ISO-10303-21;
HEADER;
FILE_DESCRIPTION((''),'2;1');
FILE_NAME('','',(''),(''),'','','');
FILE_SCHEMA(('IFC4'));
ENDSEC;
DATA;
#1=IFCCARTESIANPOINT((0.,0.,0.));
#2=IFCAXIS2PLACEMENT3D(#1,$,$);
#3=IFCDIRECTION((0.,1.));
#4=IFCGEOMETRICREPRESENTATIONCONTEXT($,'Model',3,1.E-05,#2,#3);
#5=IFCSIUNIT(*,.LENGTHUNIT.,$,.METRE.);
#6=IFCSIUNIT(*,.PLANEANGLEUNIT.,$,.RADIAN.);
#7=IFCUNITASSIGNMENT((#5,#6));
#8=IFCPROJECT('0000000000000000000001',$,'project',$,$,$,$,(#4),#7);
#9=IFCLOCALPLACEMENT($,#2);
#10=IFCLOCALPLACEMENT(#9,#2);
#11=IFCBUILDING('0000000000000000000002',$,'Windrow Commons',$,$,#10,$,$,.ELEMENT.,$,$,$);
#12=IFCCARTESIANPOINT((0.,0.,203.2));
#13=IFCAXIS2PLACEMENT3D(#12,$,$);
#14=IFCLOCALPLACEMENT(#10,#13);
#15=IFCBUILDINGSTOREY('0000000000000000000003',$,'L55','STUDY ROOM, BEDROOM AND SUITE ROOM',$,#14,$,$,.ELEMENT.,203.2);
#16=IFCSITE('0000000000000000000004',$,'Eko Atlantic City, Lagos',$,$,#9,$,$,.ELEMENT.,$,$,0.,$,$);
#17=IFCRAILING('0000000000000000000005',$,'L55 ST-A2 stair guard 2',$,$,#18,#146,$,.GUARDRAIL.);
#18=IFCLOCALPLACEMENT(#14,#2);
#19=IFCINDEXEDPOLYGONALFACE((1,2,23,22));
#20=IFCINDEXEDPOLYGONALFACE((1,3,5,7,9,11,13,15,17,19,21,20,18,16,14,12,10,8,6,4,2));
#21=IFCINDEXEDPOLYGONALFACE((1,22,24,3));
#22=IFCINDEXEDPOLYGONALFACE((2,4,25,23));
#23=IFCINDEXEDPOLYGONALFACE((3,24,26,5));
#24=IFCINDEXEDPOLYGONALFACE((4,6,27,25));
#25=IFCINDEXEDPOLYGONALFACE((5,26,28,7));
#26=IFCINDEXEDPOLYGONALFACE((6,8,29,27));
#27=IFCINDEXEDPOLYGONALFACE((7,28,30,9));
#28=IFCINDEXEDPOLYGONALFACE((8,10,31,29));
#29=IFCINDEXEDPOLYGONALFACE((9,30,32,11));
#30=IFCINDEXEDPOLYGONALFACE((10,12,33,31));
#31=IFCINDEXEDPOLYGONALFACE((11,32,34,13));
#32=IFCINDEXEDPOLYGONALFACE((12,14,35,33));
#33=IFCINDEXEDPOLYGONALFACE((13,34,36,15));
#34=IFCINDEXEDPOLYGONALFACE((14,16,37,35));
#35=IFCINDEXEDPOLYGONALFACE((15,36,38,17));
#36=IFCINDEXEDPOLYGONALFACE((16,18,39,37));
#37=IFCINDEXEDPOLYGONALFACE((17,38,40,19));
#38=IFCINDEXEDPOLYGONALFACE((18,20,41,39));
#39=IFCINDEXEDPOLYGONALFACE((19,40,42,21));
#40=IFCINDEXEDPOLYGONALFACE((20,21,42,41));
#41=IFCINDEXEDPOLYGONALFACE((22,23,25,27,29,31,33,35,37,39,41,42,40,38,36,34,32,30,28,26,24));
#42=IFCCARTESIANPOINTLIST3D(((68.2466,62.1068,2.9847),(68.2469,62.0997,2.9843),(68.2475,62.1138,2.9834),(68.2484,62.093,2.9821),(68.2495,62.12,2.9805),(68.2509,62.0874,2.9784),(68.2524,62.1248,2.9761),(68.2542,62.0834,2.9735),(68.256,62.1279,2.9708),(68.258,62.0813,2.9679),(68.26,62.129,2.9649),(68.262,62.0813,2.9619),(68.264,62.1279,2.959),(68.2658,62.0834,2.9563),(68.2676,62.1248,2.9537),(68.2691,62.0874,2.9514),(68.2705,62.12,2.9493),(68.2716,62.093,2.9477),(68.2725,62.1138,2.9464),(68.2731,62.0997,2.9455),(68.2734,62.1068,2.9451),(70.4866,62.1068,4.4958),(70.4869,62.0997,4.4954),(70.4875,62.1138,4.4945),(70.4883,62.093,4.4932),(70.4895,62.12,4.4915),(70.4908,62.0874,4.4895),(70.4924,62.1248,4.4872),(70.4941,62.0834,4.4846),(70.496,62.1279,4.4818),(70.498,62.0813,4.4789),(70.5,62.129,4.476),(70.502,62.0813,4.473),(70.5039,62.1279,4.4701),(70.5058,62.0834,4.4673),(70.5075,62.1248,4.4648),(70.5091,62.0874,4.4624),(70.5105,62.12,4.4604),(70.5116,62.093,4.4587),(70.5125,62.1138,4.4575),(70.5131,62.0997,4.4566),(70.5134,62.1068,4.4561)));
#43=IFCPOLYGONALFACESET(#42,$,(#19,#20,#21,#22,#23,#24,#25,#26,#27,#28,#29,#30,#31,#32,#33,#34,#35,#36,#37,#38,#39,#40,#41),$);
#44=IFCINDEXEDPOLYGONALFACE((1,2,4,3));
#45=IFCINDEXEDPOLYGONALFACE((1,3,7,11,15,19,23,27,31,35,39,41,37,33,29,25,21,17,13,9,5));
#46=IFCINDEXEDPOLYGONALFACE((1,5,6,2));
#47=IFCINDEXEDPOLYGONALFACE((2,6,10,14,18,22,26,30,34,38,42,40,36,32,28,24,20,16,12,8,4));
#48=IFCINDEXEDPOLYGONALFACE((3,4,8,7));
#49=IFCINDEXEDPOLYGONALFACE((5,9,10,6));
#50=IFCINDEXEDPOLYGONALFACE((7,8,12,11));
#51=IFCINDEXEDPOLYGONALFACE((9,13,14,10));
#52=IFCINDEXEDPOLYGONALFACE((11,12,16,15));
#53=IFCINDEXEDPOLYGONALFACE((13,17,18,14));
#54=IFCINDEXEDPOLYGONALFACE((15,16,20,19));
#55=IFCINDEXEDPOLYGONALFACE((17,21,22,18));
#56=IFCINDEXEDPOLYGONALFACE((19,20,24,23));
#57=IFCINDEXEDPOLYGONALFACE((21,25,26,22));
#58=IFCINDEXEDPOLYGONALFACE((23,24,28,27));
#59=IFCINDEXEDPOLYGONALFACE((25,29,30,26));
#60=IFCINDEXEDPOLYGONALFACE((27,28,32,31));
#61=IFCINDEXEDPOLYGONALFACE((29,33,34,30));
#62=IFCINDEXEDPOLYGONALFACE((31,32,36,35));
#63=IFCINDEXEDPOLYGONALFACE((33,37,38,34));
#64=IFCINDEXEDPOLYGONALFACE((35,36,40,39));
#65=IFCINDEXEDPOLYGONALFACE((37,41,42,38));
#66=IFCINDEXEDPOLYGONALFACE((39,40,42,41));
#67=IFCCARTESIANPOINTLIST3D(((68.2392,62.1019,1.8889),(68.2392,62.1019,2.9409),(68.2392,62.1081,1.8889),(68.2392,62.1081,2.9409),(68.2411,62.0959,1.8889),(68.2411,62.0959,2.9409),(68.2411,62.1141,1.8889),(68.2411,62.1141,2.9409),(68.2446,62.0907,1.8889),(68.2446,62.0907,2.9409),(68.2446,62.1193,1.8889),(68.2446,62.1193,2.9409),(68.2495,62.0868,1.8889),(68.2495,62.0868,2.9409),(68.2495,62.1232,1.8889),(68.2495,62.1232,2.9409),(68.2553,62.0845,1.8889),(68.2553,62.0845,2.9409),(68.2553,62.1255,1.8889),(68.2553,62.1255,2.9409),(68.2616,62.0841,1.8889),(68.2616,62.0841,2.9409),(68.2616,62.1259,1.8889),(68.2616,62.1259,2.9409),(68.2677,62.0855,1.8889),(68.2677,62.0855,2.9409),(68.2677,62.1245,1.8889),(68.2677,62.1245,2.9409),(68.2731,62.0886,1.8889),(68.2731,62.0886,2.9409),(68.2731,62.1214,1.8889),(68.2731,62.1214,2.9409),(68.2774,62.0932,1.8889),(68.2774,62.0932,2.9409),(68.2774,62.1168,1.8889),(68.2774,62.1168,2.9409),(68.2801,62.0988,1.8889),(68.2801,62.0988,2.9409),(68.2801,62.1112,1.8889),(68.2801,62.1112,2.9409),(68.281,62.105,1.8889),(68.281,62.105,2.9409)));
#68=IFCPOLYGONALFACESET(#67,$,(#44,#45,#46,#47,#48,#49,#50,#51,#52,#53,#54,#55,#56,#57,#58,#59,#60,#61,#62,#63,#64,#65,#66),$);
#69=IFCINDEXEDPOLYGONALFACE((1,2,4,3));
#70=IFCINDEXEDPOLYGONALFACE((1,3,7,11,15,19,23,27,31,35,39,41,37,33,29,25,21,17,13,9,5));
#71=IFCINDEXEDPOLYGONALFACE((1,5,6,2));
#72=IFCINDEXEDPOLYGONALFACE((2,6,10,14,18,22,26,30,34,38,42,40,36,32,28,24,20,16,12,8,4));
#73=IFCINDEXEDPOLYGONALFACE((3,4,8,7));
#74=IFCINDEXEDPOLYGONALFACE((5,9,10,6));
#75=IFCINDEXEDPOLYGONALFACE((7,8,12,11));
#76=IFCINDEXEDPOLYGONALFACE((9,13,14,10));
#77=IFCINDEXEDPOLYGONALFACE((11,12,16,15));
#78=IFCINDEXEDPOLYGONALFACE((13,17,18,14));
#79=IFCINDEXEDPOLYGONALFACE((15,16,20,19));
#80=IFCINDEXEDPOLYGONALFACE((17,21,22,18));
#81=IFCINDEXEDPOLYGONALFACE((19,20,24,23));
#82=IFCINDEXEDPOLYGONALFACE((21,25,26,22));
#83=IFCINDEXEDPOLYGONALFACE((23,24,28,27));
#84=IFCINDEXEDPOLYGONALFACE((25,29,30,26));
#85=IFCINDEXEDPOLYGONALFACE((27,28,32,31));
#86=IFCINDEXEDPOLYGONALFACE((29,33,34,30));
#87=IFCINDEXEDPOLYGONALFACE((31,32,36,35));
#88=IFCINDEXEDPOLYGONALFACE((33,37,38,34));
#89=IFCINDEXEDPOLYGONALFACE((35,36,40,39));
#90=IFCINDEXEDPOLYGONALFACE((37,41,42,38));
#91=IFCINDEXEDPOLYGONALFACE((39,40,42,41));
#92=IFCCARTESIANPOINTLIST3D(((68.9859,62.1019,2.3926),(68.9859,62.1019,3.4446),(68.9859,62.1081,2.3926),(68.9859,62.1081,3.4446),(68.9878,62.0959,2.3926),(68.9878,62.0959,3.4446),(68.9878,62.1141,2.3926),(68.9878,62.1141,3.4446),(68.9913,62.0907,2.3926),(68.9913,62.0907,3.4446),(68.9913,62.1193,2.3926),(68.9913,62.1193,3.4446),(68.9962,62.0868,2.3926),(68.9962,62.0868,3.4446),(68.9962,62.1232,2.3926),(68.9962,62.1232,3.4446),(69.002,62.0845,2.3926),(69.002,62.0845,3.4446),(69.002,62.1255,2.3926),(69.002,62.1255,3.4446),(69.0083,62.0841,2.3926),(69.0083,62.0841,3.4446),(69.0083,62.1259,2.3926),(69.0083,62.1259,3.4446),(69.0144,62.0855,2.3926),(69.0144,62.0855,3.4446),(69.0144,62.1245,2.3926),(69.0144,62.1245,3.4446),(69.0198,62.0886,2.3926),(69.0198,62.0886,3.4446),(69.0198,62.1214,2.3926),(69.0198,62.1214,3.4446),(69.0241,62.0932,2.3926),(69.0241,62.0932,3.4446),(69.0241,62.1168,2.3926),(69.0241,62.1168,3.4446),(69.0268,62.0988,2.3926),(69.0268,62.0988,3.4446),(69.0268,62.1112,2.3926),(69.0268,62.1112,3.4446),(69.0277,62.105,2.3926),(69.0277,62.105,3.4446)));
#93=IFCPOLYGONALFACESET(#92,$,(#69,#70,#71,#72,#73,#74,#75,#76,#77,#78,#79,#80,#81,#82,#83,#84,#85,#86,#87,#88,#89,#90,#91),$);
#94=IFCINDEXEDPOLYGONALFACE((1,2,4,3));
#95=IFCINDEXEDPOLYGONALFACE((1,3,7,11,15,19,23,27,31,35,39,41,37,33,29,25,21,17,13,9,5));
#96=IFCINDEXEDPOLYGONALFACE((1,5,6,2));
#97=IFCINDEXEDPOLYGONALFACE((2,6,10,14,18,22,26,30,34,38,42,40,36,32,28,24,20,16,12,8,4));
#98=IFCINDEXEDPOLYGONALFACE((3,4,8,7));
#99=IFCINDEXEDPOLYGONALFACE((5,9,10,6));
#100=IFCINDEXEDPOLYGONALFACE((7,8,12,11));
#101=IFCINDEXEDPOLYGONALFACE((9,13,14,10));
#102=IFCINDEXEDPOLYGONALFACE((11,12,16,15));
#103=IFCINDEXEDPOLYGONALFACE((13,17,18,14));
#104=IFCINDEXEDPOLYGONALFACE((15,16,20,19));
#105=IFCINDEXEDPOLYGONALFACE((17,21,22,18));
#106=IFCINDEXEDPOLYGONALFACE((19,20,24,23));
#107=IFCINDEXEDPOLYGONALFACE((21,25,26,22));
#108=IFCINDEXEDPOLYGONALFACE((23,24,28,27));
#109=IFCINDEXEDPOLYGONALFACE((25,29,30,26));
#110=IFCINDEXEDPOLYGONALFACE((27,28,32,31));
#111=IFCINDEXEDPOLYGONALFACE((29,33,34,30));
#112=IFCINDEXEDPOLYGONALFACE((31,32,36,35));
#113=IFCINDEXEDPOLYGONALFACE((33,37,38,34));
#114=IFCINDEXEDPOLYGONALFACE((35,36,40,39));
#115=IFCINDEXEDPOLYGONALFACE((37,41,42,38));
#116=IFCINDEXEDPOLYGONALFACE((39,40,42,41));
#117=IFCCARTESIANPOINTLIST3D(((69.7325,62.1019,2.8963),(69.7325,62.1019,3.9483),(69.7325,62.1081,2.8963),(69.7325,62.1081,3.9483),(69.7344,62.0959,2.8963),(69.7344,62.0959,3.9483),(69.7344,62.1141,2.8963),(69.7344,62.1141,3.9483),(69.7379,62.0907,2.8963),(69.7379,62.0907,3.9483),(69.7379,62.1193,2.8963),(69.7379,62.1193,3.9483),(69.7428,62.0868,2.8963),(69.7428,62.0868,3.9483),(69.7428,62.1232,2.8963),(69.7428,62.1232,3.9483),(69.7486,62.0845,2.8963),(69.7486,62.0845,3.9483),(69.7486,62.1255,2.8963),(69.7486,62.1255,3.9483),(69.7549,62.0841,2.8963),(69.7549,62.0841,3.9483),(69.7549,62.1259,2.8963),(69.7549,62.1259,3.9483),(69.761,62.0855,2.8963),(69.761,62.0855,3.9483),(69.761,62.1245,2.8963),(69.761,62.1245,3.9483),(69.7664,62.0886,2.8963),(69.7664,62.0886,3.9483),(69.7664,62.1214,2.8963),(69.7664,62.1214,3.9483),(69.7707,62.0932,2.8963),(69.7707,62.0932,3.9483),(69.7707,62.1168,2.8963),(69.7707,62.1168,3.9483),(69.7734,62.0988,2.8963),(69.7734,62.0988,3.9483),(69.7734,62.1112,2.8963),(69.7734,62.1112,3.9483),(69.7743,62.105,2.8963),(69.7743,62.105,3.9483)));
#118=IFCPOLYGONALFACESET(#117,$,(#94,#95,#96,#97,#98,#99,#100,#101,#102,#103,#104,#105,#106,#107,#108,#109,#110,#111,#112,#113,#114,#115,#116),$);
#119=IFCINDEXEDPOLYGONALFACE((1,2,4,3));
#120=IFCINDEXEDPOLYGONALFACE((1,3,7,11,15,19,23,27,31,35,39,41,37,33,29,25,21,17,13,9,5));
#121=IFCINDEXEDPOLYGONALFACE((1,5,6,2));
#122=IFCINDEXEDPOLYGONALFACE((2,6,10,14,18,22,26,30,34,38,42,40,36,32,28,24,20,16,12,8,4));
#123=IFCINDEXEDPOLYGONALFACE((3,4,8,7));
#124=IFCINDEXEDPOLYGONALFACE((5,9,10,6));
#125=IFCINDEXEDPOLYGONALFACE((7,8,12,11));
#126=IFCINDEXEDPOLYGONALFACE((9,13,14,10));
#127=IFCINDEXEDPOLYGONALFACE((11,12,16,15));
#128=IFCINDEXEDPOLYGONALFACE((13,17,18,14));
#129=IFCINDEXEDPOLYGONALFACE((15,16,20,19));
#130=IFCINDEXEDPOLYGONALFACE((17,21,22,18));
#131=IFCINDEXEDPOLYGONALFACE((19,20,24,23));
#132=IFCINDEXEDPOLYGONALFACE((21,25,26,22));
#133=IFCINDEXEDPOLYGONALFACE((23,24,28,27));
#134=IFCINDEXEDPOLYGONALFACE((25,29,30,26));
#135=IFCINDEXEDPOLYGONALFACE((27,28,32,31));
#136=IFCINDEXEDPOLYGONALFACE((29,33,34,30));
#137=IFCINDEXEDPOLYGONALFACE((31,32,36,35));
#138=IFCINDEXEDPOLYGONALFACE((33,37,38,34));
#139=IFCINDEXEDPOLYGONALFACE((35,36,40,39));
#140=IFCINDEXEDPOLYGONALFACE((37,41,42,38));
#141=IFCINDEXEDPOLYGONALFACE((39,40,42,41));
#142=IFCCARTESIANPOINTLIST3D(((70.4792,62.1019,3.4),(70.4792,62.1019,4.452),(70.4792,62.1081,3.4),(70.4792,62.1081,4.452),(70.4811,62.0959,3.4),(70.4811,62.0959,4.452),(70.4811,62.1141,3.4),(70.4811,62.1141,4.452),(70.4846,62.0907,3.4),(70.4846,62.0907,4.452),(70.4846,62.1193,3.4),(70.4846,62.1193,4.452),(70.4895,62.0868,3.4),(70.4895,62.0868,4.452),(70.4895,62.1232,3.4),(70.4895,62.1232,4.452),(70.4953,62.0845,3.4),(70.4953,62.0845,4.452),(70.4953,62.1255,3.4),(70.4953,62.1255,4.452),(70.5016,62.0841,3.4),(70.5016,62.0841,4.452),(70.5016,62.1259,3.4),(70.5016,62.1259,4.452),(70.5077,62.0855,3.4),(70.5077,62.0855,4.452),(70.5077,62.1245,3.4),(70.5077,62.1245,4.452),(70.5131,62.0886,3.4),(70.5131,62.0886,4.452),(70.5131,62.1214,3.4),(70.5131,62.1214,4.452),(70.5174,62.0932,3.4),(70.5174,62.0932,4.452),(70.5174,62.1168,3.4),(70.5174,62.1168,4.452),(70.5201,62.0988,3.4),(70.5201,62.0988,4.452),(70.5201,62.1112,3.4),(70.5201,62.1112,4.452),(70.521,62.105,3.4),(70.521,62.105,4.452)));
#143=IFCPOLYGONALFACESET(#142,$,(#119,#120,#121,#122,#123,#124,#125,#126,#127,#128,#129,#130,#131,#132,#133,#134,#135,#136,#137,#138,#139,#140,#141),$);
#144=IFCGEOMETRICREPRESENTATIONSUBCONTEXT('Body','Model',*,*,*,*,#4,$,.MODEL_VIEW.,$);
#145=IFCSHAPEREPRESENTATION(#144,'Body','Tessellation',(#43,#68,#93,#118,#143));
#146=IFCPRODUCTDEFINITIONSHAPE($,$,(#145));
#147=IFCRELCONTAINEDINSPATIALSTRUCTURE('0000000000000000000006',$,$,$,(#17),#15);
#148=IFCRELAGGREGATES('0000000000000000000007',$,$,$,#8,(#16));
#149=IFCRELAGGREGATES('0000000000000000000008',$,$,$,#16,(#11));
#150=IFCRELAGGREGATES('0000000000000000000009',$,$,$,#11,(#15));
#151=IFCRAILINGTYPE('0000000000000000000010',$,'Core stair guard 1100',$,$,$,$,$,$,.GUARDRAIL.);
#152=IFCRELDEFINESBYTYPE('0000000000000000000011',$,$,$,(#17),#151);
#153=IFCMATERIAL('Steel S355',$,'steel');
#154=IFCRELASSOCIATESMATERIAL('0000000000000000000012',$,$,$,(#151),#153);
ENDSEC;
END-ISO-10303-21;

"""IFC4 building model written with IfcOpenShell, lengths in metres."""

from ifc_helpers import new_model, si_unit, direction, frame, origin, origin_2d, place, context, subcontext, project, spatial, circle, extrude, material, type_object, element, save


model = new_model("IFC4")

# Units and contexts
model_context = context("Model", 3, precision=1e-05, world=origin(), true_north=direction((0.0, 1.0)))
body_context = subcontext(model_context, "Body", "Model", "MODEL_VIEW")
ifc_project = project(units=[si_unit("LENGTHUNIT", "METRE"), si_unit("PLANEANGLEUNIT", "RADIAN")], contexts=[model_context])

# Site, building, storey
site_placement = place(None, origin())
site = spatial("IfcSite", under=ifc_project, at=site_placement, Name="Eko Atlantic City, Lagos", CompositionType="ELEMENT", RefElevation=0.0)
building_placement = place(site_placement, origin())
building = spatial("IfcBuilding", under=site, at=building_placement, Name="Windrow Commons", CompositionType="ELEMENT")
storey_placement = place(building_placement, frame((0.0, 0.0, 203.2)))
storey = spatial("IfcBuildingStorey", under=building, at=storey_placement, Name="L55", Description="STUDY ROOM, BEDROOM AND SUITE ROOM", CompositionType="ELEMENT", Elevation=203.2)

# Railing
ifc_material_1 = material(Name="Steel S355", Category="steel")
railing_type_1 = type_object("IfcRailingType", Name="Core stair guard 1100", PredefinedType="GUARDRAIL", material=ifc_material_1)
railing_1_placement = place(storey_placement, frame((68.26, 62.105, 1.8889)))
element("IfcRailing", 1, at=railing_1_placement, inside=storey, type_object=railing_type_1, Name="L55 ST-A2 stair guard 2", PredefinedType="GUARDRAIL", context=body_context, shape_type="SweptSolid", body=[
    extrude(circle(Radius=0.024, at=origin_2d()), frame((0.0, 0.0, 1.076), z_axis=(0.829003, 0.0, 0.559244), x_axis=(0.0, 1.0, 0.0)), (0.0, 0.0, 1.0), 2.702),
    extrude(circle(Radius=0.021, at=origin_2d()), origin(), (0.0, 0.0, 1.0), 1.052),
    extrude(circle(Radius=0.021, at=origin_2d()), frame((0.7467, 0.0, 0.5037)), (0.0, 0.0, 1.0), 1.052),
    extrude(circle(Radius=0.021, at=origin_2d()), frame((1.4933, 0.0, 1.0074)), (0.0, 0.0, 1.0), 1.052),
    extrude(circle(Radius=0.021, at=origin_2d()), frame((2.24, 0.0, 1.5111)), (0.0, 0.0, 1.0), 1.052),
])

save(model, "model.ifc")
